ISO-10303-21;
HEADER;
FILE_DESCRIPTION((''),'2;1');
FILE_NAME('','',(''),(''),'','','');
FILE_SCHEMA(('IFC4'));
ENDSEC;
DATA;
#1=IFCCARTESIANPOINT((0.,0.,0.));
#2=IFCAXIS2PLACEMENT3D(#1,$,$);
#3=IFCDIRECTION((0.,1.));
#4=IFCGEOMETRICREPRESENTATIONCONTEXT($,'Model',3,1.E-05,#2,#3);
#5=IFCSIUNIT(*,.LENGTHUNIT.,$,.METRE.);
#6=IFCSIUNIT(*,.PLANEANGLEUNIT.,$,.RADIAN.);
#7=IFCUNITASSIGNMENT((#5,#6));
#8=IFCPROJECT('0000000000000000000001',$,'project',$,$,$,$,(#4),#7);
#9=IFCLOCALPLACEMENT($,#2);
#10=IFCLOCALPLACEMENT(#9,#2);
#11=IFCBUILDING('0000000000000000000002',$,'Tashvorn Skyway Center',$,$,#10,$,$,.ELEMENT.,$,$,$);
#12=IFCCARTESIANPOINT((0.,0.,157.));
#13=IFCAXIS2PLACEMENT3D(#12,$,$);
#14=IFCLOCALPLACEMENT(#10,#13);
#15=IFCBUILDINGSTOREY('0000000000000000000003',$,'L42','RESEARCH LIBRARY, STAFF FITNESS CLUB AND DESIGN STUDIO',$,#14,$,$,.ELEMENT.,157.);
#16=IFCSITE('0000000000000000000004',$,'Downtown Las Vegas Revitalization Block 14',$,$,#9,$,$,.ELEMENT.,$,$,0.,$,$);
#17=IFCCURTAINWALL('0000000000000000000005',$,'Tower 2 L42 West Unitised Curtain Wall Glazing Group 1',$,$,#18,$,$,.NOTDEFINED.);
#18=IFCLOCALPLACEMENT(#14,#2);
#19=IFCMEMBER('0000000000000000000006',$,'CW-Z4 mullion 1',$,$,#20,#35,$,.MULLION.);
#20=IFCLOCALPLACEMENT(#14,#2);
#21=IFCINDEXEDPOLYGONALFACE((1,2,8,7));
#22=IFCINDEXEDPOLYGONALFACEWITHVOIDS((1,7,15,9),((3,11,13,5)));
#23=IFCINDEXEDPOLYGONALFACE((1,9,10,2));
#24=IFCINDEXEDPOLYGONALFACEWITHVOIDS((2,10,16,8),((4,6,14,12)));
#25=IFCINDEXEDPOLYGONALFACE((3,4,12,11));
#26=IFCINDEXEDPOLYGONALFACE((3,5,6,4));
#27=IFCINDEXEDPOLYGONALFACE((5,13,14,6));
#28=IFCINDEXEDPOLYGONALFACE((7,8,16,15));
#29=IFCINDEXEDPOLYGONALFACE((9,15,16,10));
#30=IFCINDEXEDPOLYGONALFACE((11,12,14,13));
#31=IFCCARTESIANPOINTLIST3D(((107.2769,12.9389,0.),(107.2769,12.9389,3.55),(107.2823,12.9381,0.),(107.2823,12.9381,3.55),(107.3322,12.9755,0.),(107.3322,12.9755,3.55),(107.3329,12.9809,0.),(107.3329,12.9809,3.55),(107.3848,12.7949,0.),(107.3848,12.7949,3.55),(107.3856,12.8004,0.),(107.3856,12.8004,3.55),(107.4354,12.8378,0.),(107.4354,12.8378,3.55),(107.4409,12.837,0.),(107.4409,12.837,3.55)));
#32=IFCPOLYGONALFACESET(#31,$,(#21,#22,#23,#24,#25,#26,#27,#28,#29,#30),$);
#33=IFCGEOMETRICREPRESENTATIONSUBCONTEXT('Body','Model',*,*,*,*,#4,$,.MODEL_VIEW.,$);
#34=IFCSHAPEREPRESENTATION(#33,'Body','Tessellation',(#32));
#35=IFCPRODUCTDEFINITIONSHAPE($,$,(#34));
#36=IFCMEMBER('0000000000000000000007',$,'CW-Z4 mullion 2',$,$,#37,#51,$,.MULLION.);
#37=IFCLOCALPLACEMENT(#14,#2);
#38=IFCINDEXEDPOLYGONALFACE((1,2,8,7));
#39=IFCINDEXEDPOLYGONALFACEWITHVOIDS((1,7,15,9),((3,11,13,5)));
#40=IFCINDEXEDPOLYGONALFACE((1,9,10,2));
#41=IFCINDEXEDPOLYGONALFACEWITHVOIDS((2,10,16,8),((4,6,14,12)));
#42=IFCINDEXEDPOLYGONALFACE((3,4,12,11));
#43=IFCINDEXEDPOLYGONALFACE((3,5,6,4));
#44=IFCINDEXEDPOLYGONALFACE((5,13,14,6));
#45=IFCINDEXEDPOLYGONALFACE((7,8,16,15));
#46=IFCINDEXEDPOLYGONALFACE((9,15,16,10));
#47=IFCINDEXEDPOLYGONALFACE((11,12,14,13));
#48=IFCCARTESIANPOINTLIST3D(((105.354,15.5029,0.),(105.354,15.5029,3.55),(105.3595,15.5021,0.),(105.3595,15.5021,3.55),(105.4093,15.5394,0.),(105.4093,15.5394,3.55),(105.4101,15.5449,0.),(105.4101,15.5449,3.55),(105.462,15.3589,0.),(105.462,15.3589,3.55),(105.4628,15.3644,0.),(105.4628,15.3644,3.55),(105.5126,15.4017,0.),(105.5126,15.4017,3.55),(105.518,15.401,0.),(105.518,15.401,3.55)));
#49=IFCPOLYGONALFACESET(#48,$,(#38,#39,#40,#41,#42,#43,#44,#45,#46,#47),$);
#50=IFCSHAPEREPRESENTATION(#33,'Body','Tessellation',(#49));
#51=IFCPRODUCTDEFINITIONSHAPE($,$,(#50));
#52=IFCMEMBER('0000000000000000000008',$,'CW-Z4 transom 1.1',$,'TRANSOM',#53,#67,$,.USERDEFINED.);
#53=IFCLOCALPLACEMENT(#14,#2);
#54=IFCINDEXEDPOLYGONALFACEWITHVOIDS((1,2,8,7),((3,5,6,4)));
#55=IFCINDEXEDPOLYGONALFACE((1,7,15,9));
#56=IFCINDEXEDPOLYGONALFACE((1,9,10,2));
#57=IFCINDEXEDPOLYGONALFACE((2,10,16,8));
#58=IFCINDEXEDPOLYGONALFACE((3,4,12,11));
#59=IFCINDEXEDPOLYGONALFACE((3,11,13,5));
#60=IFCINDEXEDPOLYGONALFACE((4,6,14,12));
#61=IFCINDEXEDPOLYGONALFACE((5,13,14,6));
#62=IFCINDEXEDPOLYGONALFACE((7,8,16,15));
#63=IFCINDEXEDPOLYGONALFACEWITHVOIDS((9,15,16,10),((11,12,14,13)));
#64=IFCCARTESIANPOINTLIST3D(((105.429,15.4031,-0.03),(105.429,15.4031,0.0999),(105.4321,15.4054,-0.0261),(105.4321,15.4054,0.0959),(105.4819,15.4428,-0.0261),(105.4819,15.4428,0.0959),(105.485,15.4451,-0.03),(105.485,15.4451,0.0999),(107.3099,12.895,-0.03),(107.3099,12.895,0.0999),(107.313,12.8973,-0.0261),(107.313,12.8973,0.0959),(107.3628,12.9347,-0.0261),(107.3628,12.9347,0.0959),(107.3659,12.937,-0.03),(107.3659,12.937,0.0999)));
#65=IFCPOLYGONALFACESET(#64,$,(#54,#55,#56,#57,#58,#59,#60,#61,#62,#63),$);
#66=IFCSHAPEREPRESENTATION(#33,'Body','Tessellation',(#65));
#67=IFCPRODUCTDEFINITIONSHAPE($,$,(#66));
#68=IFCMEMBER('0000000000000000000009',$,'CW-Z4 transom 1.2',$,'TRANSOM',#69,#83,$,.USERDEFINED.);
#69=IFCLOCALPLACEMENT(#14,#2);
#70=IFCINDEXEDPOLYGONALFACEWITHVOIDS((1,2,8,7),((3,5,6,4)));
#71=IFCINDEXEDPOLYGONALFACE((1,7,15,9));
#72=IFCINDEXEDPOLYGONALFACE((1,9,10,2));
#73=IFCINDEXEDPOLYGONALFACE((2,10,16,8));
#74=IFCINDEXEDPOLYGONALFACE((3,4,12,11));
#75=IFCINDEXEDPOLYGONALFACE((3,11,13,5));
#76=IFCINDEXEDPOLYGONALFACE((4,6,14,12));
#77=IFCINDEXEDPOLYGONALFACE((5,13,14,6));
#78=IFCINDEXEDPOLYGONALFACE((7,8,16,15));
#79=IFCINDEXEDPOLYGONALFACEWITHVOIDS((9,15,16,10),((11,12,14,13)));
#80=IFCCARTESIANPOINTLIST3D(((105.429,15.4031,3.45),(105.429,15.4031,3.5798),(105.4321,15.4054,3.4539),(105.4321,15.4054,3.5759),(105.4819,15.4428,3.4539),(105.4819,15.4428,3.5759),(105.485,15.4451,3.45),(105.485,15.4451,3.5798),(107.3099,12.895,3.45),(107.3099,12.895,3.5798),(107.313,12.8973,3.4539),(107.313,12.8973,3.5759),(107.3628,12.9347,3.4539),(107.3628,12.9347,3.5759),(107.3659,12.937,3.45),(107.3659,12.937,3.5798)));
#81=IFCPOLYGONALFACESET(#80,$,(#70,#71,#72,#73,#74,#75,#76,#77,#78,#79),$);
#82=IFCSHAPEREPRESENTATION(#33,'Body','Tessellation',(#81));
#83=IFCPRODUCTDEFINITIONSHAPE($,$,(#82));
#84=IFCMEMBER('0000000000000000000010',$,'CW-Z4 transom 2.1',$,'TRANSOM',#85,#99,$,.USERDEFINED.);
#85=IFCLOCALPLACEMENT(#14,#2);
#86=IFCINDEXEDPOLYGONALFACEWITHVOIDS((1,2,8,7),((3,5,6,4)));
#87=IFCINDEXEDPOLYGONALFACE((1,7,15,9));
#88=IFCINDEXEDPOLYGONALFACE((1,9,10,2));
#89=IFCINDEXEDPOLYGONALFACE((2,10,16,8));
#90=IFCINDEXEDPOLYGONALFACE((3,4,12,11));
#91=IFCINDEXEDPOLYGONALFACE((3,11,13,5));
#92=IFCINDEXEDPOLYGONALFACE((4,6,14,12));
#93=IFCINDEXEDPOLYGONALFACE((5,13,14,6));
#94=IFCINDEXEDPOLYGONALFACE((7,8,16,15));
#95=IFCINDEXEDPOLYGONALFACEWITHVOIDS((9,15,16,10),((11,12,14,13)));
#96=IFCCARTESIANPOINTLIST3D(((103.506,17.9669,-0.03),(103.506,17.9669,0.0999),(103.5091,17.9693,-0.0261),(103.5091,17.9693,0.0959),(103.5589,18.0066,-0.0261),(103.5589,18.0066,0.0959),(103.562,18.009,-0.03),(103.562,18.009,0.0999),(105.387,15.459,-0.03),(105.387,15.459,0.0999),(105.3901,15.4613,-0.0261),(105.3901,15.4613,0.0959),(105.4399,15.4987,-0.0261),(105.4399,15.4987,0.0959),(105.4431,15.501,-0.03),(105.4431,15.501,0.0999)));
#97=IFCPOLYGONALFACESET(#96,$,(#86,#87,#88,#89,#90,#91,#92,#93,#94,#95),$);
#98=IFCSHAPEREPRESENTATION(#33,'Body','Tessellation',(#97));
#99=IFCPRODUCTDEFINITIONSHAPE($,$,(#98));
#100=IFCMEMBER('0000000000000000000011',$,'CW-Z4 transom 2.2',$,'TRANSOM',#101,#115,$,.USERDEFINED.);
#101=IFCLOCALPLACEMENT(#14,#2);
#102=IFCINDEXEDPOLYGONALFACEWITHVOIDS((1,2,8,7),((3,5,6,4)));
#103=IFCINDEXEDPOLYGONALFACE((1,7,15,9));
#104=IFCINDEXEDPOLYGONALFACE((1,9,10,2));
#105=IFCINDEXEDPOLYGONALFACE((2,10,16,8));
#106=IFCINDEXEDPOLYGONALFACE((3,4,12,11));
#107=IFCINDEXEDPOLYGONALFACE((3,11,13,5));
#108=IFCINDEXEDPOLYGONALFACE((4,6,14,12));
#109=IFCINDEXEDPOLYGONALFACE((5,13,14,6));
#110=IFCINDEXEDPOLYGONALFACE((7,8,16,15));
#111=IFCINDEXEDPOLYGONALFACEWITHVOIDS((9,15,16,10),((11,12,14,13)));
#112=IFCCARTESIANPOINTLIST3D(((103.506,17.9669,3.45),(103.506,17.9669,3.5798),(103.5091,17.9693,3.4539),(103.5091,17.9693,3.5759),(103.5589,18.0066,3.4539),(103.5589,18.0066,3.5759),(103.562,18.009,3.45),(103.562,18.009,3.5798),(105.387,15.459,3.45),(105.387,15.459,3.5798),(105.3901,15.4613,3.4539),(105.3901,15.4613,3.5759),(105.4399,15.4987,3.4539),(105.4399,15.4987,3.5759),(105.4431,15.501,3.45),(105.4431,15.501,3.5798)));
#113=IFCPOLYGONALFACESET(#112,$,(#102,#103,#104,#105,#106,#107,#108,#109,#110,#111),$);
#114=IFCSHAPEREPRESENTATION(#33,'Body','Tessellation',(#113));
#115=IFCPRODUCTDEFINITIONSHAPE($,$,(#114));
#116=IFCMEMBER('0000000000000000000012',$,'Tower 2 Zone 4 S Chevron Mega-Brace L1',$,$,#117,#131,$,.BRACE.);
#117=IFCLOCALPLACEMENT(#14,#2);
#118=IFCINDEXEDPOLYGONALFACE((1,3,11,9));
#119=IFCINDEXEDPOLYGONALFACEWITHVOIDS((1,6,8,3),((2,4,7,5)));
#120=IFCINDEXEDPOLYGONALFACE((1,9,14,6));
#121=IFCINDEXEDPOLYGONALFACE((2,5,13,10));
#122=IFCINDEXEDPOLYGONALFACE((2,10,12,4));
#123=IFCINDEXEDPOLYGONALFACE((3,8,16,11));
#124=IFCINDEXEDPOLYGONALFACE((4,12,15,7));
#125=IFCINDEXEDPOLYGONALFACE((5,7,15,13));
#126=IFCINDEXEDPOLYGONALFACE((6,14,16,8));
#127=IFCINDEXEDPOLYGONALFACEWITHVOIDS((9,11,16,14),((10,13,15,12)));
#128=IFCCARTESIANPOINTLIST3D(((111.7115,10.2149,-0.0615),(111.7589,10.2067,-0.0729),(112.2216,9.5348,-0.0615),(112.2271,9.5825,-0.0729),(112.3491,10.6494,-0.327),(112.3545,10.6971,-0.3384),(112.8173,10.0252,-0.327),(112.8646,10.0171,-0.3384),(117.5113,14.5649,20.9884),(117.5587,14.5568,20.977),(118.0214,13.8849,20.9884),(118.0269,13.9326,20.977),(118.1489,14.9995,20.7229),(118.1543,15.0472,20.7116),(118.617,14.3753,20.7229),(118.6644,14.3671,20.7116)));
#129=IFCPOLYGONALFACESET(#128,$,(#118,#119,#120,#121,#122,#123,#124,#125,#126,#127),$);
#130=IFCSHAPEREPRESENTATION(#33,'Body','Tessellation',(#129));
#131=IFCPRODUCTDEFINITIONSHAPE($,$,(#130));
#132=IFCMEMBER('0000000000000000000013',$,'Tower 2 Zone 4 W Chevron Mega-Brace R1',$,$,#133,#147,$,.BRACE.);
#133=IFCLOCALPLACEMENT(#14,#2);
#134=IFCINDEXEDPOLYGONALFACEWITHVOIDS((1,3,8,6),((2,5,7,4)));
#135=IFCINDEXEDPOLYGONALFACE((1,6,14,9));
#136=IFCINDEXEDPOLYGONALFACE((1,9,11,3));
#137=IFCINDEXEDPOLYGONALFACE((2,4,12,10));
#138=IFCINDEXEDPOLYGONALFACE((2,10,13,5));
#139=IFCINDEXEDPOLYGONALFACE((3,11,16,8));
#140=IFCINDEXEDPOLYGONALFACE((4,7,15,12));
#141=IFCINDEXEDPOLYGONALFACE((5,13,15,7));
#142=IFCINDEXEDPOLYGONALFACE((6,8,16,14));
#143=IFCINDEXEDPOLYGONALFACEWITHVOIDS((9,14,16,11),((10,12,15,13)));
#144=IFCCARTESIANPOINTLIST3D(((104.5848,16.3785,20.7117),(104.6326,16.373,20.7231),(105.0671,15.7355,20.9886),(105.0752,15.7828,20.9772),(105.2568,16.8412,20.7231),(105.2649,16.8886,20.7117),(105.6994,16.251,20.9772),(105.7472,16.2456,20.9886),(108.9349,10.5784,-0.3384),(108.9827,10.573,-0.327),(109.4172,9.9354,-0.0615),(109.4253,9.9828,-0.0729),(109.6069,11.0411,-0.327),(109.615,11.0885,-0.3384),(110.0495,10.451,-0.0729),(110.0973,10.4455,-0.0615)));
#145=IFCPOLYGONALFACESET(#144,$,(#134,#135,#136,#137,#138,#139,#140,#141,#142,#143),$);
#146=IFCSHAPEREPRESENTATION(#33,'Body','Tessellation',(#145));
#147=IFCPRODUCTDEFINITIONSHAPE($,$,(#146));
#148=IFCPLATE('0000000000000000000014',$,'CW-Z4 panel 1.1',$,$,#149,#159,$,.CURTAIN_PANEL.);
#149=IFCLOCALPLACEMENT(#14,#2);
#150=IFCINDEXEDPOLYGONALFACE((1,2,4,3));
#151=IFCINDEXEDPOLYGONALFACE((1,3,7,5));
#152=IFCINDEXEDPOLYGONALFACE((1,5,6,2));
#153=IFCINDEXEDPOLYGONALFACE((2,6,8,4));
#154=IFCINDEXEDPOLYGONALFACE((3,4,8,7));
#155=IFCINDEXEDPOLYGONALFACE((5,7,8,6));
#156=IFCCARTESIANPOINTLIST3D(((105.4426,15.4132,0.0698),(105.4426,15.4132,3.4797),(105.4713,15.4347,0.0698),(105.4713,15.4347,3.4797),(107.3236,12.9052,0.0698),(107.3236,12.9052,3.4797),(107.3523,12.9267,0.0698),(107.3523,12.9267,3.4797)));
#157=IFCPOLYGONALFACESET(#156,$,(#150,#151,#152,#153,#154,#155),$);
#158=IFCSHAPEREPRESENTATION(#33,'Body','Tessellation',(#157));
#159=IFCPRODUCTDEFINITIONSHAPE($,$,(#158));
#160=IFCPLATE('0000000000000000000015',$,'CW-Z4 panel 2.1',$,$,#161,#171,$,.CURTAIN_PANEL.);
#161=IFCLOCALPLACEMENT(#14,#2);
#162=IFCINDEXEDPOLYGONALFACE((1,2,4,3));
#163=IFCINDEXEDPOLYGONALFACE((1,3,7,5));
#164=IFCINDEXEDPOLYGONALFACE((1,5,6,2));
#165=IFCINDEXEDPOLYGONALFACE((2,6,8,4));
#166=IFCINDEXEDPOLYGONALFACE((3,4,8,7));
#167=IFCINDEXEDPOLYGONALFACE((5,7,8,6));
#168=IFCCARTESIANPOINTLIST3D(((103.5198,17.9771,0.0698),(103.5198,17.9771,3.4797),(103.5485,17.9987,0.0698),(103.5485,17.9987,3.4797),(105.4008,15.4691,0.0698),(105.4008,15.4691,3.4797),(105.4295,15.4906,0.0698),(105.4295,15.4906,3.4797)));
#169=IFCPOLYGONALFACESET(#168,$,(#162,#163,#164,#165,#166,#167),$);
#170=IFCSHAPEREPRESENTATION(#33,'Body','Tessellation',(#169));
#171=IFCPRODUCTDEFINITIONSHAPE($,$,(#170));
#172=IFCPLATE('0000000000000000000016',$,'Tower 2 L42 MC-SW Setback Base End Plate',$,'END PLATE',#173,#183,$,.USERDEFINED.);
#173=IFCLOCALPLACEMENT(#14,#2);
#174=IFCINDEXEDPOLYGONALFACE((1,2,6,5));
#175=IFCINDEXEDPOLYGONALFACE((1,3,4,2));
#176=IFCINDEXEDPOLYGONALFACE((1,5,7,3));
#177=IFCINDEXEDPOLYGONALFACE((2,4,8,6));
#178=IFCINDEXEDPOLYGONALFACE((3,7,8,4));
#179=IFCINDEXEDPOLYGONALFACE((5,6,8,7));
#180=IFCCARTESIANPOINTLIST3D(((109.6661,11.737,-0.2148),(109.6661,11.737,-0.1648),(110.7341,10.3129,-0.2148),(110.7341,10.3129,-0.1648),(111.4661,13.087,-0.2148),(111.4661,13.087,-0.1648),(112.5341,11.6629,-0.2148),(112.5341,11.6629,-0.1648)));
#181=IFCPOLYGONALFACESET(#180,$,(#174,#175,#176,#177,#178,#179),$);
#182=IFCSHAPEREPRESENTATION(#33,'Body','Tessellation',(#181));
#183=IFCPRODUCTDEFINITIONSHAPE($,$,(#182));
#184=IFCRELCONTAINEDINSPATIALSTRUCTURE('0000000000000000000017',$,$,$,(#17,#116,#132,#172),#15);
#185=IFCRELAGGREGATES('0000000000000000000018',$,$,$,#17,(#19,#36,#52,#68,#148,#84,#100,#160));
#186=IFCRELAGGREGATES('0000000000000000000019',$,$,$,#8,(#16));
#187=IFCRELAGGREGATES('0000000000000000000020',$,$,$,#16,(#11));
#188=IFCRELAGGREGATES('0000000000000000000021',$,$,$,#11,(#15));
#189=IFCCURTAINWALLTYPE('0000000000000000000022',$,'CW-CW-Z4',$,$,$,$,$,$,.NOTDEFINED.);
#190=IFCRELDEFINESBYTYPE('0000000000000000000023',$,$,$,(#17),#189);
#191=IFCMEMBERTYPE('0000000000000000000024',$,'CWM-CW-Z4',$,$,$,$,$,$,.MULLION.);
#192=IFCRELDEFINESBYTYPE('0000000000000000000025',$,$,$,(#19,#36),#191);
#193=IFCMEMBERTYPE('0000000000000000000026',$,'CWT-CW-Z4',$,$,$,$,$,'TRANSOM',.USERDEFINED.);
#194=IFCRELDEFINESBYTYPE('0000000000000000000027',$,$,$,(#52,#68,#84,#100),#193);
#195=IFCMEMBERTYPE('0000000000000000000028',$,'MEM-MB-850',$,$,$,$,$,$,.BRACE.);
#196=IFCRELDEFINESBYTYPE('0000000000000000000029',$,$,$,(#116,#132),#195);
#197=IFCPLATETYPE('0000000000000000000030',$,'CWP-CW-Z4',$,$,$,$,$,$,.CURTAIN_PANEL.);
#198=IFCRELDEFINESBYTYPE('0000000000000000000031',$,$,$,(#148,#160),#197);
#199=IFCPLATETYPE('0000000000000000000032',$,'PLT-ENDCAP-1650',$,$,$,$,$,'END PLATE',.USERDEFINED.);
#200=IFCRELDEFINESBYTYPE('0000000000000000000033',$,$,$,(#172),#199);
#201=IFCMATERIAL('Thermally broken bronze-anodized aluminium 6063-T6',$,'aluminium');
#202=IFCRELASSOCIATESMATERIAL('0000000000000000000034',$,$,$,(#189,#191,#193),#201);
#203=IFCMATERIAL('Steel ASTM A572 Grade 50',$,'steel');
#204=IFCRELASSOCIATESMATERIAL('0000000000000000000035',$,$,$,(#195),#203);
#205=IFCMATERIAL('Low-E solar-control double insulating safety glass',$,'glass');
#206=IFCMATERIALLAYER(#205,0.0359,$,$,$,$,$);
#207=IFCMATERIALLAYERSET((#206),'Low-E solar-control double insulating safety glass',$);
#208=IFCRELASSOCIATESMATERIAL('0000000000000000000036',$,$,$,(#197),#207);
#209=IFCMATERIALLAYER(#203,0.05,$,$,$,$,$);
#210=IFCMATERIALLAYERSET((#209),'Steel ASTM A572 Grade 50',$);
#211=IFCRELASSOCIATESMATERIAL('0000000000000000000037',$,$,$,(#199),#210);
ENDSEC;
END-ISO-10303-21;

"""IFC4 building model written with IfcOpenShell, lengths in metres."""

from ifc_helpers import new_model, si_unit, direction, frame, origin, origin_2d, place, context, subcontext, project, spatial, rectangle, hollow_rectangle, extrude, material, layer, layer_set, material_profile, profile_set, type_object, element, aggregate, save


model = new_model("IFC4")

# Units and contexts
model_context = context("Model", 3, precision=1e-05, world=origin(), true_north=direction((0.0, 1.0)))
body_context = subcontext(model_context, "Body", "Model", "MODEL_VIEW")
ifc_project = project(units=[si_unit("LENGTHUNIT", "METRE"), si_unit("PLANEANGLEUNIT", "RADIAN")], contexts=[model_context])

# Site, building, storey
site_placement = place(None, origin())
site = spatial("IfcSite", under=ifc_project, at=site_placement, Name="Downtown Las Vegas Revitalization Block 14", CompositionType="ELEMENT", RefElevation=0.0)
building_placement = place(site_placement, origin())
building = spatial("IfcBuilding", under=site, at=building_placement, Name="Tashvorn Skyway Center", CompositionType="ELEMENT")
storey_placement = place(building_placement, frame((0.0, 0.0, 157.0)))
storey = spatial("IfcBuildingStorey", under=building, at=storey_placement, Name="L42", Description="RESEARCH LIBRARY, STAFF FITNESS CLUB AND DESIGN STUDIO", CompositionType="ELEMENT", Elevation=157.0)

# Shared definitions
ifc_material_1 = material(Name="Steel ASTM A572 Grade 50", Category="steel")

# Curtain wall, members
ifc_material_2 = material(Name="Thermally broken bronze-anodized aluminium 6063-T6", Category="aluminium")
curtain_wall_type = type_object("IfcCurtainWallType", Name="CW-CW-Z4", PredefinedType="NOTDEFINED", material=ifc_material_2)
curtain_wall_placement = place(storey_placement, origin())
curtain_wall = element("IfcCurtainWall", 1, at=curtain_wall_placement, inside=storey, type_object=curtain_wall_type, Name="Tower 2 L42 West Unitised Curtain Wall Glazing Group 1", PredefinedType="NOTDEFINED")
ifc_material_profile_1 = material_profile(ifc_material_2, hollow_rectangle(XDim=0.0701, YDim=0.1799, WallThickness=0.0039, at=origin_2d()), Name="ALU-MULL-70x180")
ifc_profile_set_1 = profile_set([ifc_material_profile_1], Name="Thermally broken bronze-anodized aluminium 6063-T6")
member_type_1 = type_object("IfcMemberType", Name="CWM-CW-Z4", PredefinedType="MULLION", material=ifc_profile_set_1)
member_1_placement = place(storey_placement, frame((107.3589, 12.8879, 0.0), z_axis=(0.0, 0.0, 1.0), x_axis=(-0.8, -0.6, 0.0)))
member_1 = element("IfcMember", 2, at=member_1_placement, type_object=member_type_1, Name="CW-Z4 mullion 1", PredefinedType="MULLION", context=body_context, shape_type="SweptSolid", body=[
    extrude(hollow_rectangle(XDim=0.0701, YDim=0.1799, WallThickness=0.0039, at=origin_2d()), origin(), (0.0, 0.0, 1.0), 3.55),
])
member_2_placement = place(storey_placement, frame((105.436, 15.4519, 0.0), z_axis=(0.0, 0.0, 1.0), x_axis=(-0.8, -0.6, 0.0)))
member_2 = element("IfcMember", 3, at=member_2_placement, type_object=member_type_1, Name="CW-Z4 mullion 2", PredefinedType="MULLION", context=body_context, shape_type="SweptSolid", body=[
    extrude(hollow_rectangle(XDim=0.0701, YDim=0.1799, WallThickness=0.0039, at=origin_2d()), origin(), (0.0, 0.0, 1.0), 3.55),
])
ifc_material_profile_2 = material_profile(ifc_material_2, hollow_rectangle(XDim=0.0701, YDim=0.1299, WallThickness=0.0039, at=origin_2d()), Name="ALU-TRAN-70x130")
ifc_profile_set_2 = profile_set([ifc_material_profile_2], Name="Thermally broken bronze-anodized aluminium 6063-T6")
member_type_2 = type_object("IfcMemberType", Name="CWT-CW-Z4", ElementType="TRANSOM", PredefinedType="USERDEFINED", material=ifc_profile_set_2)
member_3_placement = place(storey_placement, frame((107.3379, 12.916, 0.0349), z_axis=(-0.599963, 0.800028, 0.0), x_axis=(-0.800028, -0.599963, 0.0)))
member_3 = element("IfcMember", 4, at=member_3_placement, type_object=member_type_2, Name="CW-Z4 transom 1.1", ObjectType="TRANSOM", PredefinedType="USERDEFINED", context=body_context, shape_type="SweptSolid", body=[
    extrude(hollow_rectangle(XDim=0.0701, YDim=0.1299, WallThickness=0.0039, at=origin_2d()), origin(), (0.0, 0.0, 1.0), 3.135),
])
member_4_placement = place(storey_placement, frame((107.3379, 12.916, 3.5149), z_axis=(-0.599963, 0.800028, 0.0), x_axis=(-0.800028, -0.599963, 0.0)))
member_4 = element("IfcMember", 5, at=member_4_placement, type_object=member_type_2, Name="CW-Z4 transom 1.2", ObjectType="TRANSOM", PredefinedType="USERDEFINED", context=body_context, shape_type="SweptSolid", body=[
    extrude(hollow_rectangle(XDim=0.0701, YDim=0.1299, WallThickness=0.0039, at=origin_2d()), origin(), (0.0, 0.0, 1.0), 3.135),
])
member_5_placement = place(storey_placement, frame((105.415, 15.48, 0.0349), z_axis=(-0.600012, 0.799991, 0.0), x_axis=(-0.799991, -0.600012, 0.0)))
member_5 = element("IfcMember", 6, at=member_5_placement, type_object=member_type_2, Name="CW-Z4 transom 2.1", ObjectType="TRANSOM", PredefinedType="USERDEFINED", context=body_context, shape_type="SweptSolid", body=[
    extrude(hollow_rectangle(XDim=0.0701, YDim=0.1299, WallThickness=0.0039, at=origin_2d()), origin(), (0.0, 0.0, 1.0), 3.135),
])
member_6_placement = place(storey_placement, frame((105.415, 15.48, 3.5149), z_axis=(-0.600012, 0.799991, 0.0), x_axis=(-0.799991, -0.600012, 0.0)))
member_6 = element("IfcMember", 7, at=member_6_placement, type_object=member_type_2, Name="CW-Z4 transom 2.2", ObjectType="TRANSOM", PredefinedType="USERDEFINED", context=body_context, shape_type="SweptSolid", body=[
    extrude(hollow_rectangle(XDim=0.0701, YDim=0.1299, WallThickness=0.0039, at=origin_2d()), origin(), (0.0, 0.0, 1.0), 3.135),
])

# Members
ifc_material_profile_3 = material_profile(ifc_material_1, hollow_rectangle(XDim=0.8501, YDim=0.8501, WallThickness=0.0349, at=origin_2d()), Name="BOX850x850x35")
ifc_profile_set_3 = profile_set([ifc_material_profile_3], Name="Steel ASTM A572 Grade 50")
member_type_3 = type_object("IfcMemberType", Name="MEM-MB-850", PredefinedType="BRACE", material=ifc_profile_set_3)
member_7_placement = place(storey_placement, frame((112.2881, 10.116, -0.2), z_axis=(0.260507, 0.195391, 0.945494), x_axis=(-0.600022, 0.799984, 0.0)))
element("IfcMember", 8, at=member_7_placement, inside=storey, type_object=member_type_3, Name="Tower 2 Zone 4 S Chevron Mega-Brace L1", PredefinedType="BRACE", context=body_context, shape_type="SweptSolid", body=[
    extrude(hollow_rectangle(XDim=0.8501, YDim=0.8501, WallThickness=0.0349, at=origin_2d()), origin(), (0.0, 0.0, 1.0), 22.2634),
])
member_8_placement = place(storey_placement, frame((109.5161, 10.512, -0.2), z_axis=(-0.19539, 0.260517, 0.945491), x_axis=(-0.799996, -0.600005, 0.0)))
element("IfcMember", 9, at=member_8_placement, inside=storey, type_object=member_type_3, Name="Tower 2 Zone 4 W Chevron Mega-Brace R1", PredefinedType="BRACE", context=body_context, shape_type="SweptSolid", body=[
    extrude(hollow_rectangle(XDim=0.8501, YDim=0.8501, WallThickness=0.0349, at=origin_2d()), origin(), (0.0, 0.0, 1.0), 22.2637),
])

# Plates
ifc_material_3 = material(Name="Low-E solar-control double insulating safety glass", Category="glass")
ifc_layer_1 = layer(ifc_material_3, 0.0359)
ifc_layer_set_1 = layer_set([ifc_layer_1], Name="Low-E solar-control double insulating safety glass")
plate_type_1 = type_object("IfcPlateType", Name="CWP-CW-Z4", PredefinedType="CURTAIN_PANEL", material=ifc_layer_set_1)
plate_1_placement = place(storey_placement, frame((106.3975, 14.1699, 0.0698), z_axis=(0.0, 0.0, 1.0), x_axis=(-0.6, 0.8, 0.0)))
plate_1 = element("IfcPlate", 10, at=plate_1_placement, type_object=plate_type_1, Name="CW-Z4 panel 1.1", PredefinedType="CURTAIN_PANEL", context=body_context, shape_type="SweptSolid", body=[
    extrude(rectangle(XDim=3.135, YDim=0.0359, at=origin_2d()), origin(), (0.0, 0.0, 1.0), 3.4099),
])
plate_2_placement = place(storey_placement, frame((104.4746, 16.7339, 0.0698), z_axis=(0.0, 0.0, 1.0), x_axis=(-0.6, 0.8, 0.0)))
plate_2 = element("IfcPlate", 11, at=plate_2_placement, type_object=plate_type_1, Name="CW-Z4 panel 2.1", PredefinedType="CURTAIN_PANEL", context=body_context, shape_type="SweptSolid", body=[
    extrude(rectangle(XDim=3.135, YDim=0.0359, at=origin_2d()), origin(), (0.0, 0.0, 1.0), 3.4099),
])
aggregate(curtain_wall, [member_1, member_2, member_3, member_4, plate_1, member_5, member_6, plate_2])

# Plate
ifc_layer_2 = layer(ifc_material_1, 0.05)
ifc_layer_set_2 = layer_set([ifc_layer_2], Name="Steel ASTM A572 Grade 50")
plate_type_2 = type_object("IfcPlateType", Name="PLT-ENDCAP-1650", ElementType="END PLATE", PredefinedType="USERDEFINED", material=ifc_layer_set_2)
plate_3_placement = place(storey_placement, frame((111.1001, 11.7, -0.2148), z_axis=(0.0, 0.0, 1.0), x_axis=(0.8, 0.6, 0.0)))
element("IfcPlate", 12, at=plate_3_placement, inside=storey, type_object=plate_type_2, Name="Tower 2 L42 MC-SW Setback Base End Plate", ObjectType="END PLATE", PredefinedType="USERDEFINED", context=body_context, shape_type="SweptSolid", body=[
    extrude(rectangle(XDim=2.25, YDim=1.78, at=origin_2d()), origin(), (0.0, 0.0, 1.0), 0.05),
])

save(model, "model.ifc")
